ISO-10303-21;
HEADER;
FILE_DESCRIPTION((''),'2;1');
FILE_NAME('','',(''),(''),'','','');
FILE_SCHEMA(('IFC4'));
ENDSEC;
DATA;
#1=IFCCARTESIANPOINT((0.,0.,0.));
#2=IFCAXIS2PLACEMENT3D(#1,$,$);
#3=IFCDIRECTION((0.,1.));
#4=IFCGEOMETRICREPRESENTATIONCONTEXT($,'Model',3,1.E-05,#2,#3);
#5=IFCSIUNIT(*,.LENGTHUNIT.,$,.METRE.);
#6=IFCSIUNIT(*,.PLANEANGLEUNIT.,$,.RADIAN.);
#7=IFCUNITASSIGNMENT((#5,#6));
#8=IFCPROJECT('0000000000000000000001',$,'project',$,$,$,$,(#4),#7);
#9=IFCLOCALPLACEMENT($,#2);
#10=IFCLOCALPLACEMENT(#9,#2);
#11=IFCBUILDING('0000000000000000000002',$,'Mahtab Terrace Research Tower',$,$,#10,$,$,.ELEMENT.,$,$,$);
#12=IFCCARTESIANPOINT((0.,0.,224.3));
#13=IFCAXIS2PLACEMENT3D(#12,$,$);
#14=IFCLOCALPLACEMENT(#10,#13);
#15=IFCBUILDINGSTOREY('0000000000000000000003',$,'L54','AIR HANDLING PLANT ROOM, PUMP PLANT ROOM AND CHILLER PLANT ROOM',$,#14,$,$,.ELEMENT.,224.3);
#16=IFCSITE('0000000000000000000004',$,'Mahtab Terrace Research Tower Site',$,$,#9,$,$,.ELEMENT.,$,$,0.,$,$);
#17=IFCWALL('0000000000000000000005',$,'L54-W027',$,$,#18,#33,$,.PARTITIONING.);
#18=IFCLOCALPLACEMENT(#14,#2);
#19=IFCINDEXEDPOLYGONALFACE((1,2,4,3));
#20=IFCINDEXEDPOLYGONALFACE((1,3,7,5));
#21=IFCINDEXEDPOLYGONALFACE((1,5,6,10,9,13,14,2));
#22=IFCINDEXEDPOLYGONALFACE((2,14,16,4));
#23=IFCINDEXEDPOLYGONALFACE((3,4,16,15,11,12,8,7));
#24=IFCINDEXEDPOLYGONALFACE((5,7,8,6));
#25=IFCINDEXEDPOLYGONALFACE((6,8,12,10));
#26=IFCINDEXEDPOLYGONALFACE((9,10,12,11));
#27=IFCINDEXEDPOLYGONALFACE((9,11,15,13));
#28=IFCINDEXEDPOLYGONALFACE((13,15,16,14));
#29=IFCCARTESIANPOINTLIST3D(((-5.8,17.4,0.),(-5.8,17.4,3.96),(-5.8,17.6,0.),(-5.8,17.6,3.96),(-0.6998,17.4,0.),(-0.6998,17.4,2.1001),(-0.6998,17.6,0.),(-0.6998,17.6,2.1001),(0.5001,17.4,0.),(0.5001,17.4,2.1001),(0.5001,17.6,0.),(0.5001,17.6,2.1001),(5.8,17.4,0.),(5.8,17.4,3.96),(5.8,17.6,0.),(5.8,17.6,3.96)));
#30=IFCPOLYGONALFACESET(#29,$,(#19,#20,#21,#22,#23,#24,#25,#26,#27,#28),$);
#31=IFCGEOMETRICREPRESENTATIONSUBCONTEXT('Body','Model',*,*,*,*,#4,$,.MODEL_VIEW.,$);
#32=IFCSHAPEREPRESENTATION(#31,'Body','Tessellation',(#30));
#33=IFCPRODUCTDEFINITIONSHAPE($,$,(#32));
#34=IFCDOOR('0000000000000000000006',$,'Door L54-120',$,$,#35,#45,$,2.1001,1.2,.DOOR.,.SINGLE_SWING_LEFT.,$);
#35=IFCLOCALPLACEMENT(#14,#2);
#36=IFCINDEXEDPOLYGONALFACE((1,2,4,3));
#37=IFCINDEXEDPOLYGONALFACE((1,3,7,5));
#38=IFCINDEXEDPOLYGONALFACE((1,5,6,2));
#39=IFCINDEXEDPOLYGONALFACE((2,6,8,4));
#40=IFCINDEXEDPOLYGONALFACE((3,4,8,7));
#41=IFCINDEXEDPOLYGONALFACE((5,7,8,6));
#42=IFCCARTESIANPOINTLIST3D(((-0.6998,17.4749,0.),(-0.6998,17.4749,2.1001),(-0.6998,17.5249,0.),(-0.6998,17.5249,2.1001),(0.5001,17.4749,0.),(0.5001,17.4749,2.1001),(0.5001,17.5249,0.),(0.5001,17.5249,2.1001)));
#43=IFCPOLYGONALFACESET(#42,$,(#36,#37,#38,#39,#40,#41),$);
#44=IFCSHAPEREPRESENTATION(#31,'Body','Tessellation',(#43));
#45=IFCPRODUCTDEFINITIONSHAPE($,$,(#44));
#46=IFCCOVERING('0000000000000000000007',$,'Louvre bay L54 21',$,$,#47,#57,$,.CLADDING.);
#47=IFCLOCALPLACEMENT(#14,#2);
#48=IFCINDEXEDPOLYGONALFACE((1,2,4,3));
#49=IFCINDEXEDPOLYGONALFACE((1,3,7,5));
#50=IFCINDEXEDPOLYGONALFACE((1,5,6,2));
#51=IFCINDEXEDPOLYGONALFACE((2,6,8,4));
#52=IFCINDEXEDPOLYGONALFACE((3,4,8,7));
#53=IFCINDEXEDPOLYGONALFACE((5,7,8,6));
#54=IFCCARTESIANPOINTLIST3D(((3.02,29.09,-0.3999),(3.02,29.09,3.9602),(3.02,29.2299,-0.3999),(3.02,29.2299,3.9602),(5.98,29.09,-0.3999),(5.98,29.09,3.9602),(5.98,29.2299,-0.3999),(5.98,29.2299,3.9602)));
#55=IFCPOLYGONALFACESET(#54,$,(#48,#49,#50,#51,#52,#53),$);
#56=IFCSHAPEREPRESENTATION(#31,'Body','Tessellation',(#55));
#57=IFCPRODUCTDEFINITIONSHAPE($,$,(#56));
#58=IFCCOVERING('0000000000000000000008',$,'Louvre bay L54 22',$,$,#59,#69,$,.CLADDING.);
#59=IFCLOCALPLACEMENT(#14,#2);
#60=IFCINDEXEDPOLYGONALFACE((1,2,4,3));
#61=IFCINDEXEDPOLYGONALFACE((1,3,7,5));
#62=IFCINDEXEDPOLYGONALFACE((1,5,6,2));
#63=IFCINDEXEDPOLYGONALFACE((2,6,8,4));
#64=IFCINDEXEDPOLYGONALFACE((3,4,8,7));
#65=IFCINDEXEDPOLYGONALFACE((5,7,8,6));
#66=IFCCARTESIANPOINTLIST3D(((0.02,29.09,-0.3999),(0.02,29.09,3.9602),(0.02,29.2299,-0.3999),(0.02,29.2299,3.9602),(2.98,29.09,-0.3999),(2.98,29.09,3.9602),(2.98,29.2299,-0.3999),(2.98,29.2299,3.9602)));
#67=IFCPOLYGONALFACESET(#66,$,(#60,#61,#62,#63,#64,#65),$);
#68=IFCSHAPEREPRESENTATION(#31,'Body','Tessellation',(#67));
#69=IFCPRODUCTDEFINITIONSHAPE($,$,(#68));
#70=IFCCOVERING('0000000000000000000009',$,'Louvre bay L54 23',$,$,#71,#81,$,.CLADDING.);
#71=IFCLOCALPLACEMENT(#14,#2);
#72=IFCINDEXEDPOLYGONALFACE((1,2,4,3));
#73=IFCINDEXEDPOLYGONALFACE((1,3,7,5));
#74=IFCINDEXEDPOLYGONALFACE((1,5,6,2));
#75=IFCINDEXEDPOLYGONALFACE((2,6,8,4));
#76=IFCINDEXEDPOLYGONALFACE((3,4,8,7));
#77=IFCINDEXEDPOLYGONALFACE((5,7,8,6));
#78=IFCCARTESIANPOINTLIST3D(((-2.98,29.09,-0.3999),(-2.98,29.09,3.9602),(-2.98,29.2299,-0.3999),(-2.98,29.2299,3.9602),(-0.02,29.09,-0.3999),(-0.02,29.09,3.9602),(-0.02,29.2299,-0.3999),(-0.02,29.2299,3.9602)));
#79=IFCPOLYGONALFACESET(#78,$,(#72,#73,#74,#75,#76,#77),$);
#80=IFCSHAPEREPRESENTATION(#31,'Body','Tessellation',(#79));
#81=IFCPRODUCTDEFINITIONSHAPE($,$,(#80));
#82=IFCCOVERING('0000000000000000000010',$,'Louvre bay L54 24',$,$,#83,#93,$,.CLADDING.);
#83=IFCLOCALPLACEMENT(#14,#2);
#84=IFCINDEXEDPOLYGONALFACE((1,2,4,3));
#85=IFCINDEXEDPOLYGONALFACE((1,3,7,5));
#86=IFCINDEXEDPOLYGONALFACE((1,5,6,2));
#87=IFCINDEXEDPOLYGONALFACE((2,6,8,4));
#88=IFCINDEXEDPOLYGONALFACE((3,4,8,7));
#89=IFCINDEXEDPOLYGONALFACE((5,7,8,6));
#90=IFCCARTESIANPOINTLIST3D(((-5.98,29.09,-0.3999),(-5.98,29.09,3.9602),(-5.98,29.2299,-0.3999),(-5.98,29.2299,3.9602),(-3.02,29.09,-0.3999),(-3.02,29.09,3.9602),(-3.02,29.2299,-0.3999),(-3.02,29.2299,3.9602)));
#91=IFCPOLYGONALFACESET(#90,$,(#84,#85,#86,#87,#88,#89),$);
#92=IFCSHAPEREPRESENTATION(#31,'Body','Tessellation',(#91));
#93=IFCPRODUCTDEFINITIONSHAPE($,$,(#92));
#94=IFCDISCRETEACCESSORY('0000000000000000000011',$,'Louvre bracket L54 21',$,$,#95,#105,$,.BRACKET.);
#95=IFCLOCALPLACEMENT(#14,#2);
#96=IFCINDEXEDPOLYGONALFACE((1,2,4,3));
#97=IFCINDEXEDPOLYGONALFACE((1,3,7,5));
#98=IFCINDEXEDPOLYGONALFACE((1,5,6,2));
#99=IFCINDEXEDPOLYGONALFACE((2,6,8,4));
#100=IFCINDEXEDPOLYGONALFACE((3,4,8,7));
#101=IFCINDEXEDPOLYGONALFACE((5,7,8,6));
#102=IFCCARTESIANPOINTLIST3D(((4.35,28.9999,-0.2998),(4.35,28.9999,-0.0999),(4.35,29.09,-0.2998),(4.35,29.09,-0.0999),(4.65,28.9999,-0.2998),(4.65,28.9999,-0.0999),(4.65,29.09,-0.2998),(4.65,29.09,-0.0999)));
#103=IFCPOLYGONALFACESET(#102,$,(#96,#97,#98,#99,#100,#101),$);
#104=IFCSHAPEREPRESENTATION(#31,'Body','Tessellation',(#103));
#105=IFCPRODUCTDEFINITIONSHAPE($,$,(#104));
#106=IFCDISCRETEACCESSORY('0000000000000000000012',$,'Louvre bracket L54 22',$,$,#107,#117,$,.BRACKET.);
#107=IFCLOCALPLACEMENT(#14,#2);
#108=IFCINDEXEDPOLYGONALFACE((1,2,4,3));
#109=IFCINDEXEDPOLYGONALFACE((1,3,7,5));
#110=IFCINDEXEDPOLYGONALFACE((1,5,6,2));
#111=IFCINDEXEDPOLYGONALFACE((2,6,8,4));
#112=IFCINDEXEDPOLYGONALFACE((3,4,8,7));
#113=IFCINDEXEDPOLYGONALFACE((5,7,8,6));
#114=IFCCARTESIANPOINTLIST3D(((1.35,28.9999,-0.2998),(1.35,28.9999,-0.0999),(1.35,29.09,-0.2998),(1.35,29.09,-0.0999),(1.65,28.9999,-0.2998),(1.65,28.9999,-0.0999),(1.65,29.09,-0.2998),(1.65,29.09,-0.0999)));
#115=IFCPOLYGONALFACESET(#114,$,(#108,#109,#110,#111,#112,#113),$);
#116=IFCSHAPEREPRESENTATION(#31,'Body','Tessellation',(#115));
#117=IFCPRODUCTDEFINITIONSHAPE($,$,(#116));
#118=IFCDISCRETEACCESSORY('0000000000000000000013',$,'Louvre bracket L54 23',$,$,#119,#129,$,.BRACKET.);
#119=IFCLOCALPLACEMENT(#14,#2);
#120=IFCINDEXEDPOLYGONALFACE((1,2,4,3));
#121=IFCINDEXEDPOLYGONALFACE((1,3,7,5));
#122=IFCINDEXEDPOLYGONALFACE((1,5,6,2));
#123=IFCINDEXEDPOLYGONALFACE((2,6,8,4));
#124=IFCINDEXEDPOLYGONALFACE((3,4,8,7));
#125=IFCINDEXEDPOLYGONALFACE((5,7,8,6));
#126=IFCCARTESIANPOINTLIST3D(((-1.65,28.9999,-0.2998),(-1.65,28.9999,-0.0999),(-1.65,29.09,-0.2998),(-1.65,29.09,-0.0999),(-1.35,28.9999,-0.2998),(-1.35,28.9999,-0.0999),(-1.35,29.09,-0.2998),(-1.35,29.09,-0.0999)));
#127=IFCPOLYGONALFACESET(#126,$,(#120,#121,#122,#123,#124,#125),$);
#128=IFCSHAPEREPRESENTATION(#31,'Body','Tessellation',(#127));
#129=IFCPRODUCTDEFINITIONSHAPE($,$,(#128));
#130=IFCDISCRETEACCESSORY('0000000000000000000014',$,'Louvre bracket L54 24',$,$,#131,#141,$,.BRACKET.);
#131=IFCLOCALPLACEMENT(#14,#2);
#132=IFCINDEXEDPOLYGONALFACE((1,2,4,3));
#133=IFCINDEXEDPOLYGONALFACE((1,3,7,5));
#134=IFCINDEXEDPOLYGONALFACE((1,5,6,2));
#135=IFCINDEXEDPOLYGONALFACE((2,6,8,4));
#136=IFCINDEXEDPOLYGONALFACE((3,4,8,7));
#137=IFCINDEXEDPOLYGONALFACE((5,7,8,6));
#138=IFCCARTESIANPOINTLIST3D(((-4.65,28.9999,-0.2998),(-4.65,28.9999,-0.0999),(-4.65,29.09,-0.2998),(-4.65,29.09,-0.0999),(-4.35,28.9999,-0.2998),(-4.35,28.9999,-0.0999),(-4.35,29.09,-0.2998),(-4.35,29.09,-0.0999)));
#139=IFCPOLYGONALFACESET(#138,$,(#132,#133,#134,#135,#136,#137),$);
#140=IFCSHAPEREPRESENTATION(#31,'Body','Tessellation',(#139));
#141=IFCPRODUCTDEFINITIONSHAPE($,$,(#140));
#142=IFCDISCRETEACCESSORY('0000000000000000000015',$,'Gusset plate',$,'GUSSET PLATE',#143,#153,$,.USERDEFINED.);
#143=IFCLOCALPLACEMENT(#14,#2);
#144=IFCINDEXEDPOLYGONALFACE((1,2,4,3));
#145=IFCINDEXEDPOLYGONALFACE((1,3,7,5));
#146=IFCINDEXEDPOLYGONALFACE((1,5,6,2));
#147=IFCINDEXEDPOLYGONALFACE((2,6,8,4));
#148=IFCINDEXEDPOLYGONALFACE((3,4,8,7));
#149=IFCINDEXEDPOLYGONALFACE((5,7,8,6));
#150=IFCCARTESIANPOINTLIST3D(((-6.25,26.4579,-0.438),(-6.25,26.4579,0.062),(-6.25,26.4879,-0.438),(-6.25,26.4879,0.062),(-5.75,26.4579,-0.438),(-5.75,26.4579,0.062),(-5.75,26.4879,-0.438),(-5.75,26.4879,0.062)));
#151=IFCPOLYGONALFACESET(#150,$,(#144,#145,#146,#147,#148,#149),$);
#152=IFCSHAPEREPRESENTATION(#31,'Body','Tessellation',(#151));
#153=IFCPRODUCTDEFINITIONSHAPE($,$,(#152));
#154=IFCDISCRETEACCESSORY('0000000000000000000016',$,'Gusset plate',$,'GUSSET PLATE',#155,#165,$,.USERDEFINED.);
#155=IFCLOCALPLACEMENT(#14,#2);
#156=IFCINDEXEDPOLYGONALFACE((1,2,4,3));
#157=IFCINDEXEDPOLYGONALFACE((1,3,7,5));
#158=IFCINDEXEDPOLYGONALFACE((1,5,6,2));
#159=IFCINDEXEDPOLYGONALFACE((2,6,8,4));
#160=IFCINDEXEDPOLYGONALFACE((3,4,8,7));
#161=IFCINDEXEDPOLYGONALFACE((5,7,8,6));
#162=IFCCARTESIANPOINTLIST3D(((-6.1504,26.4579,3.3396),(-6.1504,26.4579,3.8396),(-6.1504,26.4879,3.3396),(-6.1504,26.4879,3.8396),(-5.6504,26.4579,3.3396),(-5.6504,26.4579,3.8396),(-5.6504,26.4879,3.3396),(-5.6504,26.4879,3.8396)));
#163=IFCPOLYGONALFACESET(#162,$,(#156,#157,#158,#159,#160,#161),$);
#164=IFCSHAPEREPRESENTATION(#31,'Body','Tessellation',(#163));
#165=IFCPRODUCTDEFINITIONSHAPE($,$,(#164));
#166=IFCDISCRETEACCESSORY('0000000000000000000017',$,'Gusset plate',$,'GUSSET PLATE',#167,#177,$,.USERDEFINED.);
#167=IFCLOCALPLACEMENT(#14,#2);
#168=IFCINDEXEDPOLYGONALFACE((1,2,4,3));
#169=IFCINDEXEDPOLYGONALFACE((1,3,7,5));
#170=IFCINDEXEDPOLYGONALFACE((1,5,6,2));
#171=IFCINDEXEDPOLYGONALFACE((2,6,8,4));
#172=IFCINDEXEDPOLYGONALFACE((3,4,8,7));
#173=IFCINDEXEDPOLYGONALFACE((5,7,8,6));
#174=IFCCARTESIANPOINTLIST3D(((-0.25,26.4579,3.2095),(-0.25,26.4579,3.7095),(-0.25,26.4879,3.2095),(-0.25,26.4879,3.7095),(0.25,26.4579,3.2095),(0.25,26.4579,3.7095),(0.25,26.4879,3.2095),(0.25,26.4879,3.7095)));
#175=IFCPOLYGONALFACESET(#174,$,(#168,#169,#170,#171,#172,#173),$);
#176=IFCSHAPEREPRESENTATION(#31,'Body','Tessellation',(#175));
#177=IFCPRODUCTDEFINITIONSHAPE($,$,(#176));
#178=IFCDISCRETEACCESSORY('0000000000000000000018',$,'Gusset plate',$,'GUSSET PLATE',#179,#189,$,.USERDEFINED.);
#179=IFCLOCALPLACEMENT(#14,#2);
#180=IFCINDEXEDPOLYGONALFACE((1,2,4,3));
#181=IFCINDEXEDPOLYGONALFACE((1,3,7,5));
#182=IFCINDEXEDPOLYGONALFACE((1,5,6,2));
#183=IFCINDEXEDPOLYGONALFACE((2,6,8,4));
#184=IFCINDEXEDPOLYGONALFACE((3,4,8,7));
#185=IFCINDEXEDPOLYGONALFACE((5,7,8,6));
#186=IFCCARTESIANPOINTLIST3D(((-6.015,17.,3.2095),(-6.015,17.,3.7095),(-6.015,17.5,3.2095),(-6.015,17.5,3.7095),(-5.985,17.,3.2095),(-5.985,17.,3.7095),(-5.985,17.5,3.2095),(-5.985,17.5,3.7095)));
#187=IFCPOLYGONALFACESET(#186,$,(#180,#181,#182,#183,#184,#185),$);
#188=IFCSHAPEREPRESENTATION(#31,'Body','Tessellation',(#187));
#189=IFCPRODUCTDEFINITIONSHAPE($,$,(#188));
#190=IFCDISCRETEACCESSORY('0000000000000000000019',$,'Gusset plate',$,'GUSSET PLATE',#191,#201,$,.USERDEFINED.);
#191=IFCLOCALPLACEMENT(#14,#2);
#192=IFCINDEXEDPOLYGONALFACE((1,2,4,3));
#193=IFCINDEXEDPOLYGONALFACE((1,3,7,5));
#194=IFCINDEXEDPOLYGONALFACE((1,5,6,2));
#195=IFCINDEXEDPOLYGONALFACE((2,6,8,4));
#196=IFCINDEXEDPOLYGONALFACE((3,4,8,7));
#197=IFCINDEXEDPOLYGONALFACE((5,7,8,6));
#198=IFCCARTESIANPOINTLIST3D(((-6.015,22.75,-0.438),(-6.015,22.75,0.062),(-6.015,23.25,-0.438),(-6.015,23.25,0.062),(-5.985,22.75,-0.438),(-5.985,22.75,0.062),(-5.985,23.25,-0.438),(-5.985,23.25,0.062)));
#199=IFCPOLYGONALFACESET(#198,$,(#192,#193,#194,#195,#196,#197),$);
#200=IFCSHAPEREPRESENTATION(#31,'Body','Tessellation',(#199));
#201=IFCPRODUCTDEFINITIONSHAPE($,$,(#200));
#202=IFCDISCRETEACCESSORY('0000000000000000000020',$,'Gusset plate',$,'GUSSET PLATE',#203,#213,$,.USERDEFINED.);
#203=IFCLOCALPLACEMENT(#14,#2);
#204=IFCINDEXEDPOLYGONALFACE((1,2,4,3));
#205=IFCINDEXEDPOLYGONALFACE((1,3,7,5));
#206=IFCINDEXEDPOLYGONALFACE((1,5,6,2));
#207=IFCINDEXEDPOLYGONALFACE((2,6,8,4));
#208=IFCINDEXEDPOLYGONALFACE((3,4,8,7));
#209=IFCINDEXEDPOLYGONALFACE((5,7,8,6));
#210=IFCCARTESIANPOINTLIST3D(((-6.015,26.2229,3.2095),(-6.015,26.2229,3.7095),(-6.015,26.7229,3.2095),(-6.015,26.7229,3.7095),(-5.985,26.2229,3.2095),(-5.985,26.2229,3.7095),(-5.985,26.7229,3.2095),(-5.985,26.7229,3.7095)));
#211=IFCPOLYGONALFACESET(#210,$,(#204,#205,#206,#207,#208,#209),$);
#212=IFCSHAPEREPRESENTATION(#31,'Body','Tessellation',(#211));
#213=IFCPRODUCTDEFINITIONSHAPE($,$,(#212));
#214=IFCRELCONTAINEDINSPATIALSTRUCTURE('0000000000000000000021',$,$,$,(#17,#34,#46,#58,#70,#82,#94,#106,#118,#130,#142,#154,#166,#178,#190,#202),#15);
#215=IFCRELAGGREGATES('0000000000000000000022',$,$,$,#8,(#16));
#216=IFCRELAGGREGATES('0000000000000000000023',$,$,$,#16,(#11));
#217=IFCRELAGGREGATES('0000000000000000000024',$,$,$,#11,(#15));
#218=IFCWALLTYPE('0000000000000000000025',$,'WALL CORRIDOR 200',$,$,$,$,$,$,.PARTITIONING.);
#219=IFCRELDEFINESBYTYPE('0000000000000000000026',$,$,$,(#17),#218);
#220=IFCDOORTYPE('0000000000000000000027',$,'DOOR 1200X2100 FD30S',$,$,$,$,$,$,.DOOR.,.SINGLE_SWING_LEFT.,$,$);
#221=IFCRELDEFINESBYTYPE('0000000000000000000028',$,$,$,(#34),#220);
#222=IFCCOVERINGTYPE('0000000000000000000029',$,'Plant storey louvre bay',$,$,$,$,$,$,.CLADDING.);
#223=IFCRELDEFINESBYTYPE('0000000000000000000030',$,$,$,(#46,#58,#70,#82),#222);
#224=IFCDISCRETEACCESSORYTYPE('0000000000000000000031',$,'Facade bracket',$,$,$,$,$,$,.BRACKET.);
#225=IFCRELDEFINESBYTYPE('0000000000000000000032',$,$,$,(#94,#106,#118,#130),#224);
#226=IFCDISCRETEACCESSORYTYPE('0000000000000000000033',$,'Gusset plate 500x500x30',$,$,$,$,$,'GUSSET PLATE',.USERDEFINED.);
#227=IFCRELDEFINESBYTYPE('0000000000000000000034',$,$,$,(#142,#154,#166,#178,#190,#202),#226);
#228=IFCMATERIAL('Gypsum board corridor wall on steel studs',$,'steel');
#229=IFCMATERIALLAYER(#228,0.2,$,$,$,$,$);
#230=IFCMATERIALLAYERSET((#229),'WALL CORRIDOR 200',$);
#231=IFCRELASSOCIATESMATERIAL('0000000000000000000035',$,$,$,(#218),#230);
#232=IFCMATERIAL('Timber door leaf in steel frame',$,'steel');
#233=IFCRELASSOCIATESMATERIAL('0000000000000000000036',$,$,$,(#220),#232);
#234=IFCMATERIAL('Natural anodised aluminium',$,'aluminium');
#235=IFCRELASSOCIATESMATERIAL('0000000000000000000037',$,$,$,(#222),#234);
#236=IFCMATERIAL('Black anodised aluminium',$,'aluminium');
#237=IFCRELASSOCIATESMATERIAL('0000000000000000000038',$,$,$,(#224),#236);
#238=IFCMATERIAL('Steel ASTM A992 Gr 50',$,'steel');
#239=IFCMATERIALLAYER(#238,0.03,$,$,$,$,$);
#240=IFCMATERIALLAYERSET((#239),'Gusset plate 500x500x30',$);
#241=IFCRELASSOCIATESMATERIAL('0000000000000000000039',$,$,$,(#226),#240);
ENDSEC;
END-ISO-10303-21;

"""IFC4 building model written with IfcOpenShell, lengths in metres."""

from ifc_helpers import new_model, si_unit, direction, frame, frame_2d, origin, origin_2d, place, context, subcontext, project, spatial, rectangle, extrude, material, layer, layer_set, type_object, element, fill, save


model = new_model("IFC4")

# Units and contexts
model_context = context("Model", 3, precision=1e-05, world=origin(), true_north=direction((0.0, 1.0)))
body_context = subcontext(model_context, "Body", "Model", "MODEL_VIEW")
ifc_project = project(units=[si_unit("LENGTHUNIT", "METRE"), si_unit("PLANEANGLEUNIT", "RADIAN")], contexts=[model_context])

# Site, building, storey
site_placement = place(None, origin())
site = spatial("IfcSite", under=ifc_project, at=site_placement, Name="Mahtab Terrace Research Tower Site", CompositionType="ELEMENT", RefElevation=0.0)
building_placement = place(site_placement, origin())
building = spatial("IfcBuilding", under=site, at=building_placement, Name="Mahtab Terrace Research Tower", CompositionType="ELEMENT")
storey_placement = place(building_placement, frame((0.0, 0.0, 224.3)))
storey = spatial("IfcBuildingStorey", under=building, at=storey_placement, Name="L54", Description="AIR HANDLING PLANT ROOM, PUMP PLANT ROOM AND CHILLER PLANT ROOM", CompositionType="ELEMENT", Elevation=224.3)

# Shared definitions
ifc_material_1 = material(Name="Steel ASTM A992 Gr 50", Category="steel")

# Wall, opening, door
ifc_material_2 = material(Name="Gypsum board corridor wall on steel studs", Category="steel")
ifc_layer_1 = layer(ifc_material_2, 0.2)
ifc_layer_set_1 = layer_set([ifc_layer_1], Name="WALL CORRIDOR 200")
wall_type_1 = type_object("IfcWallType", Name="WALL CORRIDOR 200", PredefinedType="PARTITIONING", material=ifc_layer_set_1)
wall_1_placement = place(storey_placement, frame((-5.8, 17.5, 0.0), z_axis=(0.0, 0.0, 1.0), x_axis=(1.0, 0.0, 0.0)))
wall_1 = element("IfcWall", 1, at=wall_1_placement, inside=storey, type_object=wall_type_1, Name="L54-W027", PredefinedType="PARTITIONING", context=body_context, shape_type="SweptSolid", body=[
    extrude(rectangle(XDim=11.6001, YDim=0.2, at=frame_2d((5.8, 0.0))), origin(), (0.0, 0.0, 1.0), 3.96),
])
opening_placement = place(wall_1_placement, frame((5.1001, 0.0, 0.0)))
opening = element("IfcOpeningElement", 2, at=opening_placement, cuts=wall_1, PredefinedType="OPENING", context=body_context, shape_type="SweptSolid", body=[
    extrude(rectangle(XDim=1.2, YDim=2.1001, at=frame_2d((0.6001, 1.05))), frame((0.0, 0.1099, 0.0), z_axis=(0.0, -1.0, 0.0), x_axis=(1.0, 0.0, 0.0)), (0.0, 0.0, 1.0), 0.22),
])
ifc_material_3 = material(Name="Timber door leaf in steel frame", Category="steel")
door_type = type_object("IfcDoorType", Name="DOOR 1200X2100 FD30S", OperationType="SINGLE_SWING_LEFT", PredefinedType="DOOR", material=ifc_material_3)
door_placement = place(opening_placement, origin())
door = element("IfcDoor", 3, at=door_placement, inside=storey, type_object=door_type, Name="Door L54-120", OperationType="SINGLE_SWING_LEFT", OverallHeight=2.1001, OverallWidth=1.2, PredefinedType="DOOR", context=body_context, shape_type="SweptSolid", body=[
    extrude(rectangle(XDim=1.2, YDim=2.1001, at=frame_2d((0.6001, 1.05))), frame((0.0, 0.0249, 0.0), z_axis=(0.0, -1.0, 0.0), x_axis=(1.0, 0.0, 0.0)), (0.0, 0.0, 1.0), 0.05),
])
fill(opening, door)

# Coverings
ifc_material_4 = material(Name="Natural anodised aluminium", Category="aluminium")
covering_type = type_object("IfcCoveringType", Name="Plant storey louvre bay", PredefinedType="CLADDING", material=ifc_material_4)
for number, where, z_axis, x_axis, name in (
    (4, (4.5, 29.1599, -0.3999), (0.0, 0.0, 1.0), (-1.0, 0.0, 0.0), "Louvre bay L54 21"),
    (5, (1.5, 29.1599, -0.3999), (0.0, 0.0, 1.0), (-1.0, 0.0, 0.0), "Louvre bay L54 22"),
    (6, (-1.5, 29.1599, -0.3999), (0.0, 0.0, 1.0), (-1.0, 0.0, 0.0), "Louvre bay L54 23"),
    (7, (-4.5, 29.1599, -0.3999), (0.0, 0.0, 1.0), (-1.0, 0.0, 0.0), "Louvre bay L54 24"),
):
    element("IfcCovering", number, at=place(storey_placement, frame(where, z_axis=z_axis, x_axis=x_axis)), inside=storey, type_object=covering_type, Name=name, PredefinedType="CLADDING", context=body_context, shape_type="SweptSolid", body=[
        extrude(rectangle(XDim=2.96, YDim=0.1399, at=origin_2d()), origin(), (0.0, 0.0, 1.0), 4.3601),
    ])

# Discrete accessories
ifc_material_5 = material(Name="Black anodised aluminium", Category="aluminium")
discrete_accessory_type_1 = type_object("IfcDiscreteAccessoryType", Name="Facade bracket", PredefinedType="BRACKET", material=ifc_material_5)
for number, where, z_axis, x_axis, name in (
    (8, (4.5, 29.0449, -0.2998), (0.0, 0.0, 1.0), (-1.0, 0.0, 0.0), "Louvre bracket L54 21"),
    (9, (1.5, 29.0449, -0.2998), (0.0, 0.0, 1.0), (-1.0, 0.0, 0.0), "Louvre bracket L54 22"),
    (10, (-1.5, 29.0449, -0.2998), (0.0, 0.0, 1.0), (-1.0, 0.0, 0.0), "Louvre bracket L54 23"),
    (11, (-4.5, 29.0449, -0.2998), (0.0, 0.0, 1.0), (-1.0, 0.0, 0.0), "Louvre bracket L54 24"),
):
    element("IfcDiscreteAccessory", number, at=place(storey_placement, frame(where, z_axis=z_axis, x_axis=x_axis)), inside=storey, type_object=discrete_accessory_type_1, Name=name, PredefinedType="BRACKET", context=body_context, shape_type="SweptSolid", body=[
        extrude(rectangle(XDim=0.3, YDim=0.0901, at=origin_2d()), origin(), (0.0, 0.0, 1.0), 0.2),
    ])
ifc_layer_2 = layer(ifc_material_1, 0.03)
ifc_layer_set_2 = layer_set([ifc_layer_2], Name="Gusset plate 500x500x30")
discrete_accessory_type_2 = type_object("IfcDiscreteAccessoryType", Name="Gusset plate 500x500x30", ElementType="GUSSET PLATE", PredefinedType="USERDEFINED", material=ifc_layer_set_2)
for number, where, z_axis, x_axis, name in (
    (12, (-6.0, 26.4729, -0.438), (0.0, 0.0, 1.0), (1.0, 0.0, 0.0), "Gusset plate"),
    (13, (-5.9004, 26.4729, 3.3396), (0.0, 0.0, 1.0), (1.0, 0.0, 0.0), "Gusset plate"),
    (14, (0.0, 26.4729, 3.2095), (0.0, 0.0, 1.0), (1.0, 0.0, 0.0), "Gusset plate"),
    (15, (-6.0, 17.25, 3.2095), (0.0, 0.0, 1.0), (0.0, 1.0, 0.0), "Gusset plate"),
    (16, (-6.0, 23.0, -0.438), (0.0, 0.0, 1.0), (0.0, 1.0, 0.0), "Gusset plate"),
    (17, (-6.0, 26.4729, 3.2095), (0.0, 0.0, 1.0), (0.0, 1.0, 0.0), "Gusset plate"),
):
    element("IfcDiscreteAccessory", number, at=place(storey_placement, frame(where, z_axis=z_axis, x_axis=x_axis)), inside=storey, type_object=discrete_accessory_type_2, Name=name, ObjectType="GUSSET PLATE", PredefinedType="USERDEFINED", context=body_context, shape_type="SweptSolid", body=[
        extrude(rectangle(XDim=0.5, YDim=0.03, at=origin_2d()), origin(), (0.0, 0.0, 1.0), 0.5),
    ])

save(model, "model.ifc")
